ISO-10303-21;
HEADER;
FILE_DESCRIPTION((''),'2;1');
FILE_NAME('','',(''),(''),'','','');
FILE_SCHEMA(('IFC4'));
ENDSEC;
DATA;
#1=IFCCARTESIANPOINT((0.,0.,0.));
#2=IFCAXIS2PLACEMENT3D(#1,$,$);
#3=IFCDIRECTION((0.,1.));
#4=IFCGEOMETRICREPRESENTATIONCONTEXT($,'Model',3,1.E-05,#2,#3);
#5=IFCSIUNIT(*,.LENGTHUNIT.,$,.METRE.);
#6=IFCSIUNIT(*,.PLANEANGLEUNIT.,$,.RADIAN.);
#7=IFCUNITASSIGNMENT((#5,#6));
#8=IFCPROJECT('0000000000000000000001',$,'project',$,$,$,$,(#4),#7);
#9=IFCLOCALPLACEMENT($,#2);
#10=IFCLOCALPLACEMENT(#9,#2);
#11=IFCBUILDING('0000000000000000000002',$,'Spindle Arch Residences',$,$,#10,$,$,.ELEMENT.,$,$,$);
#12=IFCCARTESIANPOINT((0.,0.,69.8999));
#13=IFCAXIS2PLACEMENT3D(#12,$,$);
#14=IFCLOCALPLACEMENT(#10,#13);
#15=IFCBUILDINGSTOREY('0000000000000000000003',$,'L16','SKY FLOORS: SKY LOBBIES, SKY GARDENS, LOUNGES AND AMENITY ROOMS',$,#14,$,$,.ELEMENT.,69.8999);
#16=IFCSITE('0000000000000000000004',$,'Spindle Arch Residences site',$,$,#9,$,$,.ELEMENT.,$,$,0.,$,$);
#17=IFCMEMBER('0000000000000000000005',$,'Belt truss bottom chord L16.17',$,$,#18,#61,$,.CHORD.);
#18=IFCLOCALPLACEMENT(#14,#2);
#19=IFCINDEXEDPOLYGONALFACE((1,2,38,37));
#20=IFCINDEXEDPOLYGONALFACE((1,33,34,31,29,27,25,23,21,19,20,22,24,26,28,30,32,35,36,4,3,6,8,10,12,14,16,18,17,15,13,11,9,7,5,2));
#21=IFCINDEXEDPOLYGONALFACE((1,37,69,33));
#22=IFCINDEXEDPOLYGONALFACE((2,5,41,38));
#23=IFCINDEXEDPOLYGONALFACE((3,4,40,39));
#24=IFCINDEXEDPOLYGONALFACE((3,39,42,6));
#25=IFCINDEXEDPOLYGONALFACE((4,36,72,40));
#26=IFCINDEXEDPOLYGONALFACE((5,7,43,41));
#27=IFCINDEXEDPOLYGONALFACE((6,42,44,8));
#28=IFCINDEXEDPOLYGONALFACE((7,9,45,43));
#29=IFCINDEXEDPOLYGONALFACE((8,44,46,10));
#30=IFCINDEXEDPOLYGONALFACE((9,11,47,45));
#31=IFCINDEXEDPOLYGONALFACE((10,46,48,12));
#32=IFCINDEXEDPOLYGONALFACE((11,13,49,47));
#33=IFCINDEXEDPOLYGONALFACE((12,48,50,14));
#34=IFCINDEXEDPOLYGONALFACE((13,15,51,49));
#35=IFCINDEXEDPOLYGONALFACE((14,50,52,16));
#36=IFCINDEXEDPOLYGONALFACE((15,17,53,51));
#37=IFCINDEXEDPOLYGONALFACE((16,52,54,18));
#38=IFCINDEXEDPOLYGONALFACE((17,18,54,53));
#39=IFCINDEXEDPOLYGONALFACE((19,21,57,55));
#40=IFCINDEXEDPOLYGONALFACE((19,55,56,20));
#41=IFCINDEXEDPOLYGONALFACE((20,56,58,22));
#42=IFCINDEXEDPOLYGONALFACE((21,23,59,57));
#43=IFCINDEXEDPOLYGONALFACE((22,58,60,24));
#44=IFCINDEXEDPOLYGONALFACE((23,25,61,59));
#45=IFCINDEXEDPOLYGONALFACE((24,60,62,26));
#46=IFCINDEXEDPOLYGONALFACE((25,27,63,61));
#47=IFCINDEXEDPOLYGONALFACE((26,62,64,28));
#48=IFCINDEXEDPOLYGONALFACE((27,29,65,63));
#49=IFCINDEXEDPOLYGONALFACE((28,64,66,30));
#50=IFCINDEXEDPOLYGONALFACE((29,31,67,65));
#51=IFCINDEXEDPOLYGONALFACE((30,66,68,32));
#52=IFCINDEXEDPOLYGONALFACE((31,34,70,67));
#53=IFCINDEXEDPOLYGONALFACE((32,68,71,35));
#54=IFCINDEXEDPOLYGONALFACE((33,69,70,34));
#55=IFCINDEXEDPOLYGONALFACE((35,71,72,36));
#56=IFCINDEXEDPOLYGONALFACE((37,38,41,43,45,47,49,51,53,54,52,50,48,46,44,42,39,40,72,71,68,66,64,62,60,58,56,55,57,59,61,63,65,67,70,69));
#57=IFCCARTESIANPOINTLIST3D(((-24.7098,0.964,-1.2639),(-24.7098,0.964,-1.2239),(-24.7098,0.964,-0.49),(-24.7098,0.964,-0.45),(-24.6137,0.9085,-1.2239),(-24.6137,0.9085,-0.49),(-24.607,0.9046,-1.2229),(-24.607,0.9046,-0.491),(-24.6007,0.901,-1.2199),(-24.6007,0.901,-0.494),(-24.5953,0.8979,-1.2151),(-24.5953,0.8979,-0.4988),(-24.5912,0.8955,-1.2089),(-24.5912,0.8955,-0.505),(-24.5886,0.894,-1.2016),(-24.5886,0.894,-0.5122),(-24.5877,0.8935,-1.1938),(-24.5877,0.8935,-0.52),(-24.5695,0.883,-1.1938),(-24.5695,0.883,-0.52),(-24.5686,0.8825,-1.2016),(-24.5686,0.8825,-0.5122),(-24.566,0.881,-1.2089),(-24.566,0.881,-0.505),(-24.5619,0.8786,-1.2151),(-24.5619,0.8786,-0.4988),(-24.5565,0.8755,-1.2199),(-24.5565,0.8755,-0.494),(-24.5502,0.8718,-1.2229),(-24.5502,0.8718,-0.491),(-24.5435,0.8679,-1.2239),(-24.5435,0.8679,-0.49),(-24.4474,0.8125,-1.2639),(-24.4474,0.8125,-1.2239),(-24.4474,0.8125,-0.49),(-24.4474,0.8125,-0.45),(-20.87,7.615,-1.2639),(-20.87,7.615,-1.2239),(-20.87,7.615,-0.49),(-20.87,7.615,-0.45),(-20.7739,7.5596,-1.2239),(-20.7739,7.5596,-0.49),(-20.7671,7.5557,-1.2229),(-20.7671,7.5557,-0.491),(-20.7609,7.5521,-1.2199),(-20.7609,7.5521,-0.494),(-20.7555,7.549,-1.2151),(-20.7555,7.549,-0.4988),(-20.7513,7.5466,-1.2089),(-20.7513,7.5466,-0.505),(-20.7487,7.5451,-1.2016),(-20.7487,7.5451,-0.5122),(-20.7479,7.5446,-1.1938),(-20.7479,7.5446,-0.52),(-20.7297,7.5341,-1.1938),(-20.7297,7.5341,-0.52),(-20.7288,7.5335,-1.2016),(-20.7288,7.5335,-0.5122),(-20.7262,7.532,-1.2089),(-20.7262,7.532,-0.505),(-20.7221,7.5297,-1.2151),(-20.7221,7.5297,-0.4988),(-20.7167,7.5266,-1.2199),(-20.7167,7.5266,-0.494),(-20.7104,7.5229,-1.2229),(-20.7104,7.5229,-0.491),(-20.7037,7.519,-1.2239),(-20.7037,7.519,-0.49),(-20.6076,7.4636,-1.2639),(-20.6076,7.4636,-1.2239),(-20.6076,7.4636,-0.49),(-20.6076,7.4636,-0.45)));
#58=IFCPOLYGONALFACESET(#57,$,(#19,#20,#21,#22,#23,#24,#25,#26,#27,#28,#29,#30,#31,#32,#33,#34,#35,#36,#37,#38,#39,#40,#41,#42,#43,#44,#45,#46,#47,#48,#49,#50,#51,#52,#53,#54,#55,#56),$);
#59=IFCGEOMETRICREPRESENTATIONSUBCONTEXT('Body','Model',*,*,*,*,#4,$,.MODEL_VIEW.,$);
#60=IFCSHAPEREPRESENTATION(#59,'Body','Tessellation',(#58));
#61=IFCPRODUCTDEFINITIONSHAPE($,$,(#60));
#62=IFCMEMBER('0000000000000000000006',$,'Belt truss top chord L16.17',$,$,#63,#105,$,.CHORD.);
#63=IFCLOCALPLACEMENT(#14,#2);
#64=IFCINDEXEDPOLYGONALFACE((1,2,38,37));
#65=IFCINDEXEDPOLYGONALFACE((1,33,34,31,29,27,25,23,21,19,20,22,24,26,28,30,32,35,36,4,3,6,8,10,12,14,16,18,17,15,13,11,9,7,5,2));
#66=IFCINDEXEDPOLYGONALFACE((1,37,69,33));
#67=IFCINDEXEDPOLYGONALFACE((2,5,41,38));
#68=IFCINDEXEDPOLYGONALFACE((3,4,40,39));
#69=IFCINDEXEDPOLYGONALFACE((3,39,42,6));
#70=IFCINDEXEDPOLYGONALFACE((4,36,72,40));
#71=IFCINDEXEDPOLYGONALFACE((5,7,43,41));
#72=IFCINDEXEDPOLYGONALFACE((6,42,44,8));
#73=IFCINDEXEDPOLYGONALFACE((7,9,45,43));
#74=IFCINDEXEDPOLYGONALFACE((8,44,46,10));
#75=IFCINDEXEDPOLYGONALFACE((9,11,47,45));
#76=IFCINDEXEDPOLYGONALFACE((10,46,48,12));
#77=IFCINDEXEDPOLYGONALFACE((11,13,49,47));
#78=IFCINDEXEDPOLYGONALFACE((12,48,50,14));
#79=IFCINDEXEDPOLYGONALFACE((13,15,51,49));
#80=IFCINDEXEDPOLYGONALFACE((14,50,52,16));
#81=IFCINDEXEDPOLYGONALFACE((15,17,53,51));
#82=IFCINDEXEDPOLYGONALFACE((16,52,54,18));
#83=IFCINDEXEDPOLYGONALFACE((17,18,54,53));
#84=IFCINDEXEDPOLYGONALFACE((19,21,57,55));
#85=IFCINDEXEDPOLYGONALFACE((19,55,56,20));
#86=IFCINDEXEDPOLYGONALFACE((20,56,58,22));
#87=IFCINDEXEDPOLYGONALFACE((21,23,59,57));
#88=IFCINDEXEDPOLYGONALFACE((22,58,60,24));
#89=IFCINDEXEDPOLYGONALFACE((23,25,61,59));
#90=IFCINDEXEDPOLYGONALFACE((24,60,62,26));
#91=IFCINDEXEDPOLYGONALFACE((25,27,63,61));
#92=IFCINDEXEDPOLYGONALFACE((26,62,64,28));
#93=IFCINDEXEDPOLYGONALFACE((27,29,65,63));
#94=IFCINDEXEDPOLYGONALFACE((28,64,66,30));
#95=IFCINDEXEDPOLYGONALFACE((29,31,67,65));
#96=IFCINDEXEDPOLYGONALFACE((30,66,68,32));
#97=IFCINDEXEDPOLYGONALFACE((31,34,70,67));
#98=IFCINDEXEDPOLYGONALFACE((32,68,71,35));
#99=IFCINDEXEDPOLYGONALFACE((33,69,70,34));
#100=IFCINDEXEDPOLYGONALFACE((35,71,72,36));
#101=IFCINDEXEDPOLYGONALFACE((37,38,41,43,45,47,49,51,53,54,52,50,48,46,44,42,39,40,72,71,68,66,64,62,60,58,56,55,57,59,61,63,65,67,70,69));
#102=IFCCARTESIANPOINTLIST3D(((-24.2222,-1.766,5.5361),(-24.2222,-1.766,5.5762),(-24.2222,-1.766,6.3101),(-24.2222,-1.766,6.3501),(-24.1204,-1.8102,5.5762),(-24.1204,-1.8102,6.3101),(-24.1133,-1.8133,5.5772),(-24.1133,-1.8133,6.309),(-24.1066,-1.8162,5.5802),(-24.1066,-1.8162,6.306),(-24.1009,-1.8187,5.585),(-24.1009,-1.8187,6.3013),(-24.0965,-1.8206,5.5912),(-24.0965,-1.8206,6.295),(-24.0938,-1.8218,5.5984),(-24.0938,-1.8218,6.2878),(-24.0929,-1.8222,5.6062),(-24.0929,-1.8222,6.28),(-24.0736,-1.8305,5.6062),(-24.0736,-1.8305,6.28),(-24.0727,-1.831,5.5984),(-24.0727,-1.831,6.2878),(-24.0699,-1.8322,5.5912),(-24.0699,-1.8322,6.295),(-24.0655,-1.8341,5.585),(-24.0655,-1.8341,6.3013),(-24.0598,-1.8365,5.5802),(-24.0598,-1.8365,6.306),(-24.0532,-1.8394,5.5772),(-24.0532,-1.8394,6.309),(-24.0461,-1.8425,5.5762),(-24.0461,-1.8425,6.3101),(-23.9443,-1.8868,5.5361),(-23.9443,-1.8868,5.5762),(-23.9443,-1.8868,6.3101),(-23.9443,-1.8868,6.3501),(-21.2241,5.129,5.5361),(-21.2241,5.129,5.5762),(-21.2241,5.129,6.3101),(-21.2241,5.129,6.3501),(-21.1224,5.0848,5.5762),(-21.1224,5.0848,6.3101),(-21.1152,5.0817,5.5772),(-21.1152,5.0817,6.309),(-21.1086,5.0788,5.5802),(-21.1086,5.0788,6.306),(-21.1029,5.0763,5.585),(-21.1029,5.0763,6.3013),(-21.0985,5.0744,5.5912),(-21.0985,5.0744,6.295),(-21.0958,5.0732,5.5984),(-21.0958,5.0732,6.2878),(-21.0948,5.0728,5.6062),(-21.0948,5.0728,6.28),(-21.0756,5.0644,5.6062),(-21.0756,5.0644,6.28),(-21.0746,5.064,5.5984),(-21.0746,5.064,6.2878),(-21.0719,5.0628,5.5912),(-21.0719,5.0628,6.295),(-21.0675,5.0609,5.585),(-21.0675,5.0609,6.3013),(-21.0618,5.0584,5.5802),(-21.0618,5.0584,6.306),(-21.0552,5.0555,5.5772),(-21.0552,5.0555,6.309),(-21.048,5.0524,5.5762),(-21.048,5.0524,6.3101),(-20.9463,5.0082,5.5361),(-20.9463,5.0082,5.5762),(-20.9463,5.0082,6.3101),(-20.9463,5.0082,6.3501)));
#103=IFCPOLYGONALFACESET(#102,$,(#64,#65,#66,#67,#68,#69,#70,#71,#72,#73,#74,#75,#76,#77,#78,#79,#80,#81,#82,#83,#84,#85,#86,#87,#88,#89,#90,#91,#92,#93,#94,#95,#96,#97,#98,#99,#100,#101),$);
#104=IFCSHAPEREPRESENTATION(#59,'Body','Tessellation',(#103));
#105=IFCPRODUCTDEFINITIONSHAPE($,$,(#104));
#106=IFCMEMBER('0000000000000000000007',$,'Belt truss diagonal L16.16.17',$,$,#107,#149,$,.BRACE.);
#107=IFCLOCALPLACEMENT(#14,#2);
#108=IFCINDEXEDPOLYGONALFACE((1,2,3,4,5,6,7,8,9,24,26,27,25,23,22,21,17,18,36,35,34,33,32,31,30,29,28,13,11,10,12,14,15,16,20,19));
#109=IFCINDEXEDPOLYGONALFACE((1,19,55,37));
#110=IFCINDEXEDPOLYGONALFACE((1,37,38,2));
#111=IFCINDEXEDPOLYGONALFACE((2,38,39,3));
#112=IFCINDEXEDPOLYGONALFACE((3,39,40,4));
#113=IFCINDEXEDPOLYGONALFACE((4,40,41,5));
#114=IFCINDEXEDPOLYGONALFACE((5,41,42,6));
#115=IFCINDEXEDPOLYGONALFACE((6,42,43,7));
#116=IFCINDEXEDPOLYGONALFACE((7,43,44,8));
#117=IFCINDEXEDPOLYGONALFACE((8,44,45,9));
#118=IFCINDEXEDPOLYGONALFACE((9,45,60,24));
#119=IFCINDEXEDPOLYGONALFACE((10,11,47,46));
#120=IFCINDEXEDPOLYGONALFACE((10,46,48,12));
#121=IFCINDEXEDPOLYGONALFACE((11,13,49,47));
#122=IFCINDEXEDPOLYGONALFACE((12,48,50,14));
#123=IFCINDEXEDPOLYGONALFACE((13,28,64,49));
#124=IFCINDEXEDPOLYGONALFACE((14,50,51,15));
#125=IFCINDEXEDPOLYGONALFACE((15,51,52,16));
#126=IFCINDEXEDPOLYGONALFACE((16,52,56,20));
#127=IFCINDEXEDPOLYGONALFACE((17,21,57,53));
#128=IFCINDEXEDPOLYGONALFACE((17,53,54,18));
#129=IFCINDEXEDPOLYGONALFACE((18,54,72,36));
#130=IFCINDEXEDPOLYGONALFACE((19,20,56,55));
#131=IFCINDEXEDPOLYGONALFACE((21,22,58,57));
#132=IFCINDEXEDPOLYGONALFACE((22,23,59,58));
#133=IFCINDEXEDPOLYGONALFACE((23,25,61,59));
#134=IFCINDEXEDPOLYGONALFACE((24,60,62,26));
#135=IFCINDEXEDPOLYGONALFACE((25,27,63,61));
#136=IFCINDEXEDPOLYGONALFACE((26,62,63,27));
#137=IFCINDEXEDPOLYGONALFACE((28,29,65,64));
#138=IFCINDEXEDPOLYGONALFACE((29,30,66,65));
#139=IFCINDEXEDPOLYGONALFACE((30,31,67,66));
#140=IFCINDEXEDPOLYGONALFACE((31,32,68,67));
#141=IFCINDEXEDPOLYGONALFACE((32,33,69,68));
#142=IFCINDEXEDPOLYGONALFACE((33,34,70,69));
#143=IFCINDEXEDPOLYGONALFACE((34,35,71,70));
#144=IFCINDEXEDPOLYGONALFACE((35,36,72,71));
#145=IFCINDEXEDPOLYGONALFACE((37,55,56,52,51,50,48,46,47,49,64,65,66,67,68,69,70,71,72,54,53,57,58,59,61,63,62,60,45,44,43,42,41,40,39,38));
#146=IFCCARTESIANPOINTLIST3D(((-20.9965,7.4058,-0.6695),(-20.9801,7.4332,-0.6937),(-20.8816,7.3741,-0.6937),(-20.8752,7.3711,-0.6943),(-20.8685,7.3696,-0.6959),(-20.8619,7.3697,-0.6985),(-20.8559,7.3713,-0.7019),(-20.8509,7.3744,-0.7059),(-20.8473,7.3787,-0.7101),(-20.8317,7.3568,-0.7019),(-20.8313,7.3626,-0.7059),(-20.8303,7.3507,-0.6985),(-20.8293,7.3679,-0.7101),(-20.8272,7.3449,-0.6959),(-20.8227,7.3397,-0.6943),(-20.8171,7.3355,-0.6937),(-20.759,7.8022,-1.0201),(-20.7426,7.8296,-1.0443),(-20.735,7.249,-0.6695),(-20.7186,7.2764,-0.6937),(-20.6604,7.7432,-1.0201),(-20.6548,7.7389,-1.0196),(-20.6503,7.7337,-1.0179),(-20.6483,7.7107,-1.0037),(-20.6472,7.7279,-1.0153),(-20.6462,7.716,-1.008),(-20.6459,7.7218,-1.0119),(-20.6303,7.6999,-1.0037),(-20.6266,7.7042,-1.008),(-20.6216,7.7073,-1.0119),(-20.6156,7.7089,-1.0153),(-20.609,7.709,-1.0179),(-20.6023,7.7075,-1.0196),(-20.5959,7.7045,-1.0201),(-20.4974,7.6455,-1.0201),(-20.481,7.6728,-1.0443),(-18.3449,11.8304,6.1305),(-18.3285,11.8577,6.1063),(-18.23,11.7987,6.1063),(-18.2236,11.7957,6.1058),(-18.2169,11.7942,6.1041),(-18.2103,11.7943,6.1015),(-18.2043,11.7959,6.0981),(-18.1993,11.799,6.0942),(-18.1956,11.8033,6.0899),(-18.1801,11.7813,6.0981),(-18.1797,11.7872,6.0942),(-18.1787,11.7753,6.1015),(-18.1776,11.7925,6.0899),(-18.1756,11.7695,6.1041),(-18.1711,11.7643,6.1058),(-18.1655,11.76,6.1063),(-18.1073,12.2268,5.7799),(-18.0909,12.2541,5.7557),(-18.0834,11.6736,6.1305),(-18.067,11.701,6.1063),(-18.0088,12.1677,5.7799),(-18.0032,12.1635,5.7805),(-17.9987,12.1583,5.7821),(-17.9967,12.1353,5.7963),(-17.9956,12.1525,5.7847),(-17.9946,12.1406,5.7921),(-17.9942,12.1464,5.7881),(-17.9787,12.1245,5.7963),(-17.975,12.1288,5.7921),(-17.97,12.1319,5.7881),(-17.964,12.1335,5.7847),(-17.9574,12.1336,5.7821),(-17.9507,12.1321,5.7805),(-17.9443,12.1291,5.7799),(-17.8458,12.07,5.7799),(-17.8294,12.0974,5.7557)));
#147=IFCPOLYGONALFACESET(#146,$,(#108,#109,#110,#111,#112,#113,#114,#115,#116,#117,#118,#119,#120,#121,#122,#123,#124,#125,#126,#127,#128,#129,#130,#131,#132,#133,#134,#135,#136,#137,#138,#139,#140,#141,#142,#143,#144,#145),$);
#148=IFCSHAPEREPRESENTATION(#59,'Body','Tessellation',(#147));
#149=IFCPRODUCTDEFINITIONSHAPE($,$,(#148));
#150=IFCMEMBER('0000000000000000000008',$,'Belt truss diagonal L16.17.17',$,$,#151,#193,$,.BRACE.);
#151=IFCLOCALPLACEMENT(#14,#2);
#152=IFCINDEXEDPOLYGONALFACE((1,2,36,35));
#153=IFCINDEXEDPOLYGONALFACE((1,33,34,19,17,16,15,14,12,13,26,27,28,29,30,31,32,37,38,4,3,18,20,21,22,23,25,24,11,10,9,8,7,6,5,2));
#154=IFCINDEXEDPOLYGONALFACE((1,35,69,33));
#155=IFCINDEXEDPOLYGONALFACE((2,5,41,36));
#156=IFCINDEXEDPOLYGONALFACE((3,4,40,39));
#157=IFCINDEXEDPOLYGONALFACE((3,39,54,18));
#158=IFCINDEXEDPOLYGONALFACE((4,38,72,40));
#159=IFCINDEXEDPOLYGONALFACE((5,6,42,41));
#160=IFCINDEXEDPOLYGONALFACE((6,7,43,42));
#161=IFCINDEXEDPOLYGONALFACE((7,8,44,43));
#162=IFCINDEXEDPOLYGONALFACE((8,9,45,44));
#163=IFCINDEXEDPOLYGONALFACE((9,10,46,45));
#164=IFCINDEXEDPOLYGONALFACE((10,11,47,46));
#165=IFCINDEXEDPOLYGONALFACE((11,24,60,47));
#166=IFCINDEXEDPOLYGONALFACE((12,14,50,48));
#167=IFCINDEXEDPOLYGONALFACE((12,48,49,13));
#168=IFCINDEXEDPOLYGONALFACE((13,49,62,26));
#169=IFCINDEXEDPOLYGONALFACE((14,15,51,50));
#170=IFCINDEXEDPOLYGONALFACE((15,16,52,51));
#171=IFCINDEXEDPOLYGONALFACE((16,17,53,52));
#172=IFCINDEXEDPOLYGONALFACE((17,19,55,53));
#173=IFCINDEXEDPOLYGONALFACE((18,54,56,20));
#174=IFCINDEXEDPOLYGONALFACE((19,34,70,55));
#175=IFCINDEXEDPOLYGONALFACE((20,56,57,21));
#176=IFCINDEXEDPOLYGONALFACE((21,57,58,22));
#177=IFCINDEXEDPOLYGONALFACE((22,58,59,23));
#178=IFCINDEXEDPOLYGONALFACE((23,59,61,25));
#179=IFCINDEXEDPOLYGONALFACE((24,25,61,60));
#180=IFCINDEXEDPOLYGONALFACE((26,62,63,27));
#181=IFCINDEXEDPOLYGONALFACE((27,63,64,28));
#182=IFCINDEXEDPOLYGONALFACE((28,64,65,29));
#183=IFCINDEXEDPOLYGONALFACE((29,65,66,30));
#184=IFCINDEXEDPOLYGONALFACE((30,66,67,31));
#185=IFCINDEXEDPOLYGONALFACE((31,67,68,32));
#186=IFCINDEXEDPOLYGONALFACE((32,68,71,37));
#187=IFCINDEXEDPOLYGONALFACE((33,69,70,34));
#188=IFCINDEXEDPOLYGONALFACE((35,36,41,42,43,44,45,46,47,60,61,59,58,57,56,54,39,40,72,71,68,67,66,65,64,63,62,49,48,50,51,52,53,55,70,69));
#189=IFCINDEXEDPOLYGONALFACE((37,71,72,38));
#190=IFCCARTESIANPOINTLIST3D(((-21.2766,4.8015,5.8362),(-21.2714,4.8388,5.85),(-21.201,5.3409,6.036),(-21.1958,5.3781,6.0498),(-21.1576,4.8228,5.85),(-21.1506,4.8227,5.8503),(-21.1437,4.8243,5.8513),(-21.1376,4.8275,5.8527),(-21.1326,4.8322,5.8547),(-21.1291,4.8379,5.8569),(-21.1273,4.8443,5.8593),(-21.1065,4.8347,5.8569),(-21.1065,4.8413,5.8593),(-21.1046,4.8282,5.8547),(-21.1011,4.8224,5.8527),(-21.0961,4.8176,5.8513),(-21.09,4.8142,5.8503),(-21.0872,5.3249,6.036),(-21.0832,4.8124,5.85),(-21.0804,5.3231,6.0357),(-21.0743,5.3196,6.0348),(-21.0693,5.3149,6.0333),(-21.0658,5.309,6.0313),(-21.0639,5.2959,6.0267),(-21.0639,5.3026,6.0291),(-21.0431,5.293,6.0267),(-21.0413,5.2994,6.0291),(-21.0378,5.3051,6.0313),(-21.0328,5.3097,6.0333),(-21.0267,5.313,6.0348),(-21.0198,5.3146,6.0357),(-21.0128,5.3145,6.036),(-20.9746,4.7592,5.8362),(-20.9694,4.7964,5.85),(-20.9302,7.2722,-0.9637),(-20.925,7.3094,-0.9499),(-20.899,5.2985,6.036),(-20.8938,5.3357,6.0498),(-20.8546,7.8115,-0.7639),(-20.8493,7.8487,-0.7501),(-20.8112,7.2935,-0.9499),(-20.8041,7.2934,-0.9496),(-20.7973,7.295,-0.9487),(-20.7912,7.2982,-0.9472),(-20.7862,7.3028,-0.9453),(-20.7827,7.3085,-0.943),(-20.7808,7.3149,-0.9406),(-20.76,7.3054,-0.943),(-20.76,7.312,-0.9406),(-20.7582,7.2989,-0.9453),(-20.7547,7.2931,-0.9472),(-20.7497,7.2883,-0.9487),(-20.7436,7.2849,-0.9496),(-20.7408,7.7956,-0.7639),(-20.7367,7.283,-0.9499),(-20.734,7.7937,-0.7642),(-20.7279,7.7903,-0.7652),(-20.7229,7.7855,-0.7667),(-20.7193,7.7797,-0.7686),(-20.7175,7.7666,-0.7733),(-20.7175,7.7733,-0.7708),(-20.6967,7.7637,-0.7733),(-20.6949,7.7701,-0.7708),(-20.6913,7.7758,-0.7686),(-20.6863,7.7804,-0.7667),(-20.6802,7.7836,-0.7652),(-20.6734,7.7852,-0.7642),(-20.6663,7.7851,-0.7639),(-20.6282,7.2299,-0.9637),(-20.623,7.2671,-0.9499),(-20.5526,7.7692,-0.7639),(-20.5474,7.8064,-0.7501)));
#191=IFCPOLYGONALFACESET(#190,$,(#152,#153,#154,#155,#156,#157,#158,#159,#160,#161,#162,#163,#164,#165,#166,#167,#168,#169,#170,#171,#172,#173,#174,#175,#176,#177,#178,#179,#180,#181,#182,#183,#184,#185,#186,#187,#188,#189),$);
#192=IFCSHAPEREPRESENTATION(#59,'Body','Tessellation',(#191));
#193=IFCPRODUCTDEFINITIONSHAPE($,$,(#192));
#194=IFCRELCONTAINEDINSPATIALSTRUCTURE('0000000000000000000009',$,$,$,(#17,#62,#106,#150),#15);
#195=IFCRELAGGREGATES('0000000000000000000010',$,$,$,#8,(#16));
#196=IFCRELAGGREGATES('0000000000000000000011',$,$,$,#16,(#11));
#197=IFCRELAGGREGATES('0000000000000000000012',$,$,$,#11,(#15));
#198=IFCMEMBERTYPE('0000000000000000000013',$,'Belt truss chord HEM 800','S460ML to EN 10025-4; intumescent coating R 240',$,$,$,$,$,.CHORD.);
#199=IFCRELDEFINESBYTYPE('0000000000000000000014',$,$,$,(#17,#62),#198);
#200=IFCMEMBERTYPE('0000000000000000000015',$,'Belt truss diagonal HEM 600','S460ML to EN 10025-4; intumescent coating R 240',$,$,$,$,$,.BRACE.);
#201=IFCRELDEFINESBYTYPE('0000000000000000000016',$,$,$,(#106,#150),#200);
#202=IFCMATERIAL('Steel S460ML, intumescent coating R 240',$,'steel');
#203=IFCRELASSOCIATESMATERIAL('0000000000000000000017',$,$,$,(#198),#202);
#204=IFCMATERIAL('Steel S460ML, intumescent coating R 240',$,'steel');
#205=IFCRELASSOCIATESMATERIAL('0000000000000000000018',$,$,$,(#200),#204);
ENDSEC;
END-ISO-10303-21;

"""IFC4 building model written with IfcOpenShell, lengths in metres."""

from ifc_helpers import new_model, si_unit, direction, frame, origin, origin_2d, place, context, subcontext, project, spatial, i_section, extrude, material, material_profile, profile_set, type_object, element, save


model = new_model("IFC4")

# Units and contexts
model_context = context("Model", 3, precision=1e-05, world=origin(), true_north=direction((0.0, 1.0)))
body_context = subcontext(model_context, "Body", "Model", "MODEL_VIEW")
ifc_project = project(units=[si_unit("LENGTHUNIT", "METRE"), si_unit("PLANEANGLEUNIT", "RADIAN")], contexts=[model_context])

# Site, building, storey
site_placement = place(None, origin())
site = spatial("IfcSite", under=ifc_project, at=site_placement, Name="Spindle Arch Residences site", CompositionType="ELEMENT", RefElevation=0.0)
building_placement = place(site_placement, origin())
building = spatial("IfcBuilding", under=site, at=building_placement, Name="Spindle Arch Residences", CompositionType="ELEMENT")
storey_placement = place(building_placement, frame((0.0, 0.0, 69.8999)))
storey = spatial("IfcBuildingStorey", under=building, at=storey_placement, Name="L16", Description="SKY FLOORS: SKY LOBBIES, SKY GARDENS, LOUNGES AND AMENITY ROOMS", CompositionType="ELEMENT", Elevation=69.8999)

# Members
ifc_material_1 = material(Name="Steel S460ML, intumescent coating R 240", Category="steel")
ifc_material_profile_1 = material_profile(ifc_material_1, i_section(OverallWidth=0.303, OverallDepth=0.814, WebThickness=0.021, FlangeThickness=0.04, FilletRadius=0.03, at=origin_2d()), Name="HEM 800")
ifc_profile_set_1 = profile_set([ifc_material_profile_1], Name="Steel S460ML, intumescent coating R 240")
member_type_1 = type_object("IfcMemberType", Name="Belt truss chord HEM 800", Description="S460ML to EN 10025-4; intumescent coating R 240", PredefinedType="CHORD", material=ifc_profile_set_1)
member_1_placement = place(storey_placement, frame((-20.7388, 7.5393, -0.8569), z_axis=(-0.499982, -0.866036, 0.0), x_axis=(0.866036, -0.499982, 0.0)))
element("IfcMember", 1, at=member_1_placement, inside=storey, type_object=member_type_1, Name="Belt truss bottom chord L16.17", PredefinedType="CHORD", context=body_context, shape_type="SweptSolid", body=[
    extrude(i_section(OverallWidth=0.303, OverallDepth=0.814, WebThickness=0.021, FlangeThickness=0.04, FilletRadius=0.03, at=origin_2d()), origin(), (0.0, 0.0, 1.0), 7.6799),
])
member_2_placement = place(storey_placement, frame((-21.0852, 5.0686, 5.9431), z_axis=(-0.39875, -0.91706, 0.0), x_axis=(0.91706, -0.39875, 0.0)))
element("IfcMember", 2, at=member_2_placement, inside=storey, type_object=member_type_1, Name="Belt truss top chord L16.17", PredefinedType="CHORD", context=body_context, shape_type="SweptSolid", body=[
    extrude(i_section(OverallWidth=0.303, OverallDepth=0.814, WebThickness=0.021, FlangeThickness=0.04, FilletRadius=0.03, at=origin_2d()), origin(), (0.0, 0.0, 1.0), 7.5186),
])
ifc_material_2 = material(Name="Steel S460ML, intumescent coating R 240", Category="steel")
ifc_material_profile_2 = material_profile(ifc_material_2, i_section(OverallWidth=0.3049, OverallDepth=0.6201, WebThickness=0.021, FlangeThickness=0.04, FilletRadius=0.0271, at=origin_2d()), Name="HEM 600")
ifc_profile_set_2 = profile_set([ifc_material_profile_2], Name="Steel S460ML, intumescent coating R 240")
member_type_2 = type_object("IfcMemberType", Name="Belt truss diagonal HEM 600", Description="S460ML to EN 10025-4; intumescent coating R 240", PredefinedType="BRACE", material=ifc_profile_set_2)
member_3_placement = place(storey_placement, frame((-20.7388, 7.5393, -0.8569), z_axis=(0.31067, 0.518394, 0.796713), x_axis=(-0.85776, 0.51405, 0.0)))
element("IfcMember", 3, at=member_3_placement, inside=storey, type_object=member_type_2, Name="Belt truss diagonal L16.16.17", PredefinedType="BRACE", context=body_context, shape_type="SweptSolid", body=[
    extrude(i_section(OverallWidth=0.3049, OverallDepth=0.6201, WebThickness=0.021, FlangeThickness=0.04, FilletRadius=0.0271, at=origin_2d()), origin(), (0.0, 0.0, 1.0), 8.5352),
])
member_4_placement = place(storey_placement, frame((-20.7388, 7.5393, -0.8569), z_axis=(-0.047829, -0.341103, 0.938808), x_axis=(0.990312, -0.138859, 0.0)))
element("IfcMember", 4, at=member_4_placement, inside=storey, type_object=member_type_2, Name="Belt truss diagonal L16.17.17", PredefinedType="BRACE", context=body_context, shape_type="SweptSolid", body=[
    extrude(i_section(OverallWidth=0.3049, OverallDepth=0.6201, WebThickness=0.021, FlangeThickness=0.04, FilletRadius=0.0271, at=origin_2d()), origin(), (0.0, 0.0, 1.0), 7.2432),
])

save(model, "model.ifc")
